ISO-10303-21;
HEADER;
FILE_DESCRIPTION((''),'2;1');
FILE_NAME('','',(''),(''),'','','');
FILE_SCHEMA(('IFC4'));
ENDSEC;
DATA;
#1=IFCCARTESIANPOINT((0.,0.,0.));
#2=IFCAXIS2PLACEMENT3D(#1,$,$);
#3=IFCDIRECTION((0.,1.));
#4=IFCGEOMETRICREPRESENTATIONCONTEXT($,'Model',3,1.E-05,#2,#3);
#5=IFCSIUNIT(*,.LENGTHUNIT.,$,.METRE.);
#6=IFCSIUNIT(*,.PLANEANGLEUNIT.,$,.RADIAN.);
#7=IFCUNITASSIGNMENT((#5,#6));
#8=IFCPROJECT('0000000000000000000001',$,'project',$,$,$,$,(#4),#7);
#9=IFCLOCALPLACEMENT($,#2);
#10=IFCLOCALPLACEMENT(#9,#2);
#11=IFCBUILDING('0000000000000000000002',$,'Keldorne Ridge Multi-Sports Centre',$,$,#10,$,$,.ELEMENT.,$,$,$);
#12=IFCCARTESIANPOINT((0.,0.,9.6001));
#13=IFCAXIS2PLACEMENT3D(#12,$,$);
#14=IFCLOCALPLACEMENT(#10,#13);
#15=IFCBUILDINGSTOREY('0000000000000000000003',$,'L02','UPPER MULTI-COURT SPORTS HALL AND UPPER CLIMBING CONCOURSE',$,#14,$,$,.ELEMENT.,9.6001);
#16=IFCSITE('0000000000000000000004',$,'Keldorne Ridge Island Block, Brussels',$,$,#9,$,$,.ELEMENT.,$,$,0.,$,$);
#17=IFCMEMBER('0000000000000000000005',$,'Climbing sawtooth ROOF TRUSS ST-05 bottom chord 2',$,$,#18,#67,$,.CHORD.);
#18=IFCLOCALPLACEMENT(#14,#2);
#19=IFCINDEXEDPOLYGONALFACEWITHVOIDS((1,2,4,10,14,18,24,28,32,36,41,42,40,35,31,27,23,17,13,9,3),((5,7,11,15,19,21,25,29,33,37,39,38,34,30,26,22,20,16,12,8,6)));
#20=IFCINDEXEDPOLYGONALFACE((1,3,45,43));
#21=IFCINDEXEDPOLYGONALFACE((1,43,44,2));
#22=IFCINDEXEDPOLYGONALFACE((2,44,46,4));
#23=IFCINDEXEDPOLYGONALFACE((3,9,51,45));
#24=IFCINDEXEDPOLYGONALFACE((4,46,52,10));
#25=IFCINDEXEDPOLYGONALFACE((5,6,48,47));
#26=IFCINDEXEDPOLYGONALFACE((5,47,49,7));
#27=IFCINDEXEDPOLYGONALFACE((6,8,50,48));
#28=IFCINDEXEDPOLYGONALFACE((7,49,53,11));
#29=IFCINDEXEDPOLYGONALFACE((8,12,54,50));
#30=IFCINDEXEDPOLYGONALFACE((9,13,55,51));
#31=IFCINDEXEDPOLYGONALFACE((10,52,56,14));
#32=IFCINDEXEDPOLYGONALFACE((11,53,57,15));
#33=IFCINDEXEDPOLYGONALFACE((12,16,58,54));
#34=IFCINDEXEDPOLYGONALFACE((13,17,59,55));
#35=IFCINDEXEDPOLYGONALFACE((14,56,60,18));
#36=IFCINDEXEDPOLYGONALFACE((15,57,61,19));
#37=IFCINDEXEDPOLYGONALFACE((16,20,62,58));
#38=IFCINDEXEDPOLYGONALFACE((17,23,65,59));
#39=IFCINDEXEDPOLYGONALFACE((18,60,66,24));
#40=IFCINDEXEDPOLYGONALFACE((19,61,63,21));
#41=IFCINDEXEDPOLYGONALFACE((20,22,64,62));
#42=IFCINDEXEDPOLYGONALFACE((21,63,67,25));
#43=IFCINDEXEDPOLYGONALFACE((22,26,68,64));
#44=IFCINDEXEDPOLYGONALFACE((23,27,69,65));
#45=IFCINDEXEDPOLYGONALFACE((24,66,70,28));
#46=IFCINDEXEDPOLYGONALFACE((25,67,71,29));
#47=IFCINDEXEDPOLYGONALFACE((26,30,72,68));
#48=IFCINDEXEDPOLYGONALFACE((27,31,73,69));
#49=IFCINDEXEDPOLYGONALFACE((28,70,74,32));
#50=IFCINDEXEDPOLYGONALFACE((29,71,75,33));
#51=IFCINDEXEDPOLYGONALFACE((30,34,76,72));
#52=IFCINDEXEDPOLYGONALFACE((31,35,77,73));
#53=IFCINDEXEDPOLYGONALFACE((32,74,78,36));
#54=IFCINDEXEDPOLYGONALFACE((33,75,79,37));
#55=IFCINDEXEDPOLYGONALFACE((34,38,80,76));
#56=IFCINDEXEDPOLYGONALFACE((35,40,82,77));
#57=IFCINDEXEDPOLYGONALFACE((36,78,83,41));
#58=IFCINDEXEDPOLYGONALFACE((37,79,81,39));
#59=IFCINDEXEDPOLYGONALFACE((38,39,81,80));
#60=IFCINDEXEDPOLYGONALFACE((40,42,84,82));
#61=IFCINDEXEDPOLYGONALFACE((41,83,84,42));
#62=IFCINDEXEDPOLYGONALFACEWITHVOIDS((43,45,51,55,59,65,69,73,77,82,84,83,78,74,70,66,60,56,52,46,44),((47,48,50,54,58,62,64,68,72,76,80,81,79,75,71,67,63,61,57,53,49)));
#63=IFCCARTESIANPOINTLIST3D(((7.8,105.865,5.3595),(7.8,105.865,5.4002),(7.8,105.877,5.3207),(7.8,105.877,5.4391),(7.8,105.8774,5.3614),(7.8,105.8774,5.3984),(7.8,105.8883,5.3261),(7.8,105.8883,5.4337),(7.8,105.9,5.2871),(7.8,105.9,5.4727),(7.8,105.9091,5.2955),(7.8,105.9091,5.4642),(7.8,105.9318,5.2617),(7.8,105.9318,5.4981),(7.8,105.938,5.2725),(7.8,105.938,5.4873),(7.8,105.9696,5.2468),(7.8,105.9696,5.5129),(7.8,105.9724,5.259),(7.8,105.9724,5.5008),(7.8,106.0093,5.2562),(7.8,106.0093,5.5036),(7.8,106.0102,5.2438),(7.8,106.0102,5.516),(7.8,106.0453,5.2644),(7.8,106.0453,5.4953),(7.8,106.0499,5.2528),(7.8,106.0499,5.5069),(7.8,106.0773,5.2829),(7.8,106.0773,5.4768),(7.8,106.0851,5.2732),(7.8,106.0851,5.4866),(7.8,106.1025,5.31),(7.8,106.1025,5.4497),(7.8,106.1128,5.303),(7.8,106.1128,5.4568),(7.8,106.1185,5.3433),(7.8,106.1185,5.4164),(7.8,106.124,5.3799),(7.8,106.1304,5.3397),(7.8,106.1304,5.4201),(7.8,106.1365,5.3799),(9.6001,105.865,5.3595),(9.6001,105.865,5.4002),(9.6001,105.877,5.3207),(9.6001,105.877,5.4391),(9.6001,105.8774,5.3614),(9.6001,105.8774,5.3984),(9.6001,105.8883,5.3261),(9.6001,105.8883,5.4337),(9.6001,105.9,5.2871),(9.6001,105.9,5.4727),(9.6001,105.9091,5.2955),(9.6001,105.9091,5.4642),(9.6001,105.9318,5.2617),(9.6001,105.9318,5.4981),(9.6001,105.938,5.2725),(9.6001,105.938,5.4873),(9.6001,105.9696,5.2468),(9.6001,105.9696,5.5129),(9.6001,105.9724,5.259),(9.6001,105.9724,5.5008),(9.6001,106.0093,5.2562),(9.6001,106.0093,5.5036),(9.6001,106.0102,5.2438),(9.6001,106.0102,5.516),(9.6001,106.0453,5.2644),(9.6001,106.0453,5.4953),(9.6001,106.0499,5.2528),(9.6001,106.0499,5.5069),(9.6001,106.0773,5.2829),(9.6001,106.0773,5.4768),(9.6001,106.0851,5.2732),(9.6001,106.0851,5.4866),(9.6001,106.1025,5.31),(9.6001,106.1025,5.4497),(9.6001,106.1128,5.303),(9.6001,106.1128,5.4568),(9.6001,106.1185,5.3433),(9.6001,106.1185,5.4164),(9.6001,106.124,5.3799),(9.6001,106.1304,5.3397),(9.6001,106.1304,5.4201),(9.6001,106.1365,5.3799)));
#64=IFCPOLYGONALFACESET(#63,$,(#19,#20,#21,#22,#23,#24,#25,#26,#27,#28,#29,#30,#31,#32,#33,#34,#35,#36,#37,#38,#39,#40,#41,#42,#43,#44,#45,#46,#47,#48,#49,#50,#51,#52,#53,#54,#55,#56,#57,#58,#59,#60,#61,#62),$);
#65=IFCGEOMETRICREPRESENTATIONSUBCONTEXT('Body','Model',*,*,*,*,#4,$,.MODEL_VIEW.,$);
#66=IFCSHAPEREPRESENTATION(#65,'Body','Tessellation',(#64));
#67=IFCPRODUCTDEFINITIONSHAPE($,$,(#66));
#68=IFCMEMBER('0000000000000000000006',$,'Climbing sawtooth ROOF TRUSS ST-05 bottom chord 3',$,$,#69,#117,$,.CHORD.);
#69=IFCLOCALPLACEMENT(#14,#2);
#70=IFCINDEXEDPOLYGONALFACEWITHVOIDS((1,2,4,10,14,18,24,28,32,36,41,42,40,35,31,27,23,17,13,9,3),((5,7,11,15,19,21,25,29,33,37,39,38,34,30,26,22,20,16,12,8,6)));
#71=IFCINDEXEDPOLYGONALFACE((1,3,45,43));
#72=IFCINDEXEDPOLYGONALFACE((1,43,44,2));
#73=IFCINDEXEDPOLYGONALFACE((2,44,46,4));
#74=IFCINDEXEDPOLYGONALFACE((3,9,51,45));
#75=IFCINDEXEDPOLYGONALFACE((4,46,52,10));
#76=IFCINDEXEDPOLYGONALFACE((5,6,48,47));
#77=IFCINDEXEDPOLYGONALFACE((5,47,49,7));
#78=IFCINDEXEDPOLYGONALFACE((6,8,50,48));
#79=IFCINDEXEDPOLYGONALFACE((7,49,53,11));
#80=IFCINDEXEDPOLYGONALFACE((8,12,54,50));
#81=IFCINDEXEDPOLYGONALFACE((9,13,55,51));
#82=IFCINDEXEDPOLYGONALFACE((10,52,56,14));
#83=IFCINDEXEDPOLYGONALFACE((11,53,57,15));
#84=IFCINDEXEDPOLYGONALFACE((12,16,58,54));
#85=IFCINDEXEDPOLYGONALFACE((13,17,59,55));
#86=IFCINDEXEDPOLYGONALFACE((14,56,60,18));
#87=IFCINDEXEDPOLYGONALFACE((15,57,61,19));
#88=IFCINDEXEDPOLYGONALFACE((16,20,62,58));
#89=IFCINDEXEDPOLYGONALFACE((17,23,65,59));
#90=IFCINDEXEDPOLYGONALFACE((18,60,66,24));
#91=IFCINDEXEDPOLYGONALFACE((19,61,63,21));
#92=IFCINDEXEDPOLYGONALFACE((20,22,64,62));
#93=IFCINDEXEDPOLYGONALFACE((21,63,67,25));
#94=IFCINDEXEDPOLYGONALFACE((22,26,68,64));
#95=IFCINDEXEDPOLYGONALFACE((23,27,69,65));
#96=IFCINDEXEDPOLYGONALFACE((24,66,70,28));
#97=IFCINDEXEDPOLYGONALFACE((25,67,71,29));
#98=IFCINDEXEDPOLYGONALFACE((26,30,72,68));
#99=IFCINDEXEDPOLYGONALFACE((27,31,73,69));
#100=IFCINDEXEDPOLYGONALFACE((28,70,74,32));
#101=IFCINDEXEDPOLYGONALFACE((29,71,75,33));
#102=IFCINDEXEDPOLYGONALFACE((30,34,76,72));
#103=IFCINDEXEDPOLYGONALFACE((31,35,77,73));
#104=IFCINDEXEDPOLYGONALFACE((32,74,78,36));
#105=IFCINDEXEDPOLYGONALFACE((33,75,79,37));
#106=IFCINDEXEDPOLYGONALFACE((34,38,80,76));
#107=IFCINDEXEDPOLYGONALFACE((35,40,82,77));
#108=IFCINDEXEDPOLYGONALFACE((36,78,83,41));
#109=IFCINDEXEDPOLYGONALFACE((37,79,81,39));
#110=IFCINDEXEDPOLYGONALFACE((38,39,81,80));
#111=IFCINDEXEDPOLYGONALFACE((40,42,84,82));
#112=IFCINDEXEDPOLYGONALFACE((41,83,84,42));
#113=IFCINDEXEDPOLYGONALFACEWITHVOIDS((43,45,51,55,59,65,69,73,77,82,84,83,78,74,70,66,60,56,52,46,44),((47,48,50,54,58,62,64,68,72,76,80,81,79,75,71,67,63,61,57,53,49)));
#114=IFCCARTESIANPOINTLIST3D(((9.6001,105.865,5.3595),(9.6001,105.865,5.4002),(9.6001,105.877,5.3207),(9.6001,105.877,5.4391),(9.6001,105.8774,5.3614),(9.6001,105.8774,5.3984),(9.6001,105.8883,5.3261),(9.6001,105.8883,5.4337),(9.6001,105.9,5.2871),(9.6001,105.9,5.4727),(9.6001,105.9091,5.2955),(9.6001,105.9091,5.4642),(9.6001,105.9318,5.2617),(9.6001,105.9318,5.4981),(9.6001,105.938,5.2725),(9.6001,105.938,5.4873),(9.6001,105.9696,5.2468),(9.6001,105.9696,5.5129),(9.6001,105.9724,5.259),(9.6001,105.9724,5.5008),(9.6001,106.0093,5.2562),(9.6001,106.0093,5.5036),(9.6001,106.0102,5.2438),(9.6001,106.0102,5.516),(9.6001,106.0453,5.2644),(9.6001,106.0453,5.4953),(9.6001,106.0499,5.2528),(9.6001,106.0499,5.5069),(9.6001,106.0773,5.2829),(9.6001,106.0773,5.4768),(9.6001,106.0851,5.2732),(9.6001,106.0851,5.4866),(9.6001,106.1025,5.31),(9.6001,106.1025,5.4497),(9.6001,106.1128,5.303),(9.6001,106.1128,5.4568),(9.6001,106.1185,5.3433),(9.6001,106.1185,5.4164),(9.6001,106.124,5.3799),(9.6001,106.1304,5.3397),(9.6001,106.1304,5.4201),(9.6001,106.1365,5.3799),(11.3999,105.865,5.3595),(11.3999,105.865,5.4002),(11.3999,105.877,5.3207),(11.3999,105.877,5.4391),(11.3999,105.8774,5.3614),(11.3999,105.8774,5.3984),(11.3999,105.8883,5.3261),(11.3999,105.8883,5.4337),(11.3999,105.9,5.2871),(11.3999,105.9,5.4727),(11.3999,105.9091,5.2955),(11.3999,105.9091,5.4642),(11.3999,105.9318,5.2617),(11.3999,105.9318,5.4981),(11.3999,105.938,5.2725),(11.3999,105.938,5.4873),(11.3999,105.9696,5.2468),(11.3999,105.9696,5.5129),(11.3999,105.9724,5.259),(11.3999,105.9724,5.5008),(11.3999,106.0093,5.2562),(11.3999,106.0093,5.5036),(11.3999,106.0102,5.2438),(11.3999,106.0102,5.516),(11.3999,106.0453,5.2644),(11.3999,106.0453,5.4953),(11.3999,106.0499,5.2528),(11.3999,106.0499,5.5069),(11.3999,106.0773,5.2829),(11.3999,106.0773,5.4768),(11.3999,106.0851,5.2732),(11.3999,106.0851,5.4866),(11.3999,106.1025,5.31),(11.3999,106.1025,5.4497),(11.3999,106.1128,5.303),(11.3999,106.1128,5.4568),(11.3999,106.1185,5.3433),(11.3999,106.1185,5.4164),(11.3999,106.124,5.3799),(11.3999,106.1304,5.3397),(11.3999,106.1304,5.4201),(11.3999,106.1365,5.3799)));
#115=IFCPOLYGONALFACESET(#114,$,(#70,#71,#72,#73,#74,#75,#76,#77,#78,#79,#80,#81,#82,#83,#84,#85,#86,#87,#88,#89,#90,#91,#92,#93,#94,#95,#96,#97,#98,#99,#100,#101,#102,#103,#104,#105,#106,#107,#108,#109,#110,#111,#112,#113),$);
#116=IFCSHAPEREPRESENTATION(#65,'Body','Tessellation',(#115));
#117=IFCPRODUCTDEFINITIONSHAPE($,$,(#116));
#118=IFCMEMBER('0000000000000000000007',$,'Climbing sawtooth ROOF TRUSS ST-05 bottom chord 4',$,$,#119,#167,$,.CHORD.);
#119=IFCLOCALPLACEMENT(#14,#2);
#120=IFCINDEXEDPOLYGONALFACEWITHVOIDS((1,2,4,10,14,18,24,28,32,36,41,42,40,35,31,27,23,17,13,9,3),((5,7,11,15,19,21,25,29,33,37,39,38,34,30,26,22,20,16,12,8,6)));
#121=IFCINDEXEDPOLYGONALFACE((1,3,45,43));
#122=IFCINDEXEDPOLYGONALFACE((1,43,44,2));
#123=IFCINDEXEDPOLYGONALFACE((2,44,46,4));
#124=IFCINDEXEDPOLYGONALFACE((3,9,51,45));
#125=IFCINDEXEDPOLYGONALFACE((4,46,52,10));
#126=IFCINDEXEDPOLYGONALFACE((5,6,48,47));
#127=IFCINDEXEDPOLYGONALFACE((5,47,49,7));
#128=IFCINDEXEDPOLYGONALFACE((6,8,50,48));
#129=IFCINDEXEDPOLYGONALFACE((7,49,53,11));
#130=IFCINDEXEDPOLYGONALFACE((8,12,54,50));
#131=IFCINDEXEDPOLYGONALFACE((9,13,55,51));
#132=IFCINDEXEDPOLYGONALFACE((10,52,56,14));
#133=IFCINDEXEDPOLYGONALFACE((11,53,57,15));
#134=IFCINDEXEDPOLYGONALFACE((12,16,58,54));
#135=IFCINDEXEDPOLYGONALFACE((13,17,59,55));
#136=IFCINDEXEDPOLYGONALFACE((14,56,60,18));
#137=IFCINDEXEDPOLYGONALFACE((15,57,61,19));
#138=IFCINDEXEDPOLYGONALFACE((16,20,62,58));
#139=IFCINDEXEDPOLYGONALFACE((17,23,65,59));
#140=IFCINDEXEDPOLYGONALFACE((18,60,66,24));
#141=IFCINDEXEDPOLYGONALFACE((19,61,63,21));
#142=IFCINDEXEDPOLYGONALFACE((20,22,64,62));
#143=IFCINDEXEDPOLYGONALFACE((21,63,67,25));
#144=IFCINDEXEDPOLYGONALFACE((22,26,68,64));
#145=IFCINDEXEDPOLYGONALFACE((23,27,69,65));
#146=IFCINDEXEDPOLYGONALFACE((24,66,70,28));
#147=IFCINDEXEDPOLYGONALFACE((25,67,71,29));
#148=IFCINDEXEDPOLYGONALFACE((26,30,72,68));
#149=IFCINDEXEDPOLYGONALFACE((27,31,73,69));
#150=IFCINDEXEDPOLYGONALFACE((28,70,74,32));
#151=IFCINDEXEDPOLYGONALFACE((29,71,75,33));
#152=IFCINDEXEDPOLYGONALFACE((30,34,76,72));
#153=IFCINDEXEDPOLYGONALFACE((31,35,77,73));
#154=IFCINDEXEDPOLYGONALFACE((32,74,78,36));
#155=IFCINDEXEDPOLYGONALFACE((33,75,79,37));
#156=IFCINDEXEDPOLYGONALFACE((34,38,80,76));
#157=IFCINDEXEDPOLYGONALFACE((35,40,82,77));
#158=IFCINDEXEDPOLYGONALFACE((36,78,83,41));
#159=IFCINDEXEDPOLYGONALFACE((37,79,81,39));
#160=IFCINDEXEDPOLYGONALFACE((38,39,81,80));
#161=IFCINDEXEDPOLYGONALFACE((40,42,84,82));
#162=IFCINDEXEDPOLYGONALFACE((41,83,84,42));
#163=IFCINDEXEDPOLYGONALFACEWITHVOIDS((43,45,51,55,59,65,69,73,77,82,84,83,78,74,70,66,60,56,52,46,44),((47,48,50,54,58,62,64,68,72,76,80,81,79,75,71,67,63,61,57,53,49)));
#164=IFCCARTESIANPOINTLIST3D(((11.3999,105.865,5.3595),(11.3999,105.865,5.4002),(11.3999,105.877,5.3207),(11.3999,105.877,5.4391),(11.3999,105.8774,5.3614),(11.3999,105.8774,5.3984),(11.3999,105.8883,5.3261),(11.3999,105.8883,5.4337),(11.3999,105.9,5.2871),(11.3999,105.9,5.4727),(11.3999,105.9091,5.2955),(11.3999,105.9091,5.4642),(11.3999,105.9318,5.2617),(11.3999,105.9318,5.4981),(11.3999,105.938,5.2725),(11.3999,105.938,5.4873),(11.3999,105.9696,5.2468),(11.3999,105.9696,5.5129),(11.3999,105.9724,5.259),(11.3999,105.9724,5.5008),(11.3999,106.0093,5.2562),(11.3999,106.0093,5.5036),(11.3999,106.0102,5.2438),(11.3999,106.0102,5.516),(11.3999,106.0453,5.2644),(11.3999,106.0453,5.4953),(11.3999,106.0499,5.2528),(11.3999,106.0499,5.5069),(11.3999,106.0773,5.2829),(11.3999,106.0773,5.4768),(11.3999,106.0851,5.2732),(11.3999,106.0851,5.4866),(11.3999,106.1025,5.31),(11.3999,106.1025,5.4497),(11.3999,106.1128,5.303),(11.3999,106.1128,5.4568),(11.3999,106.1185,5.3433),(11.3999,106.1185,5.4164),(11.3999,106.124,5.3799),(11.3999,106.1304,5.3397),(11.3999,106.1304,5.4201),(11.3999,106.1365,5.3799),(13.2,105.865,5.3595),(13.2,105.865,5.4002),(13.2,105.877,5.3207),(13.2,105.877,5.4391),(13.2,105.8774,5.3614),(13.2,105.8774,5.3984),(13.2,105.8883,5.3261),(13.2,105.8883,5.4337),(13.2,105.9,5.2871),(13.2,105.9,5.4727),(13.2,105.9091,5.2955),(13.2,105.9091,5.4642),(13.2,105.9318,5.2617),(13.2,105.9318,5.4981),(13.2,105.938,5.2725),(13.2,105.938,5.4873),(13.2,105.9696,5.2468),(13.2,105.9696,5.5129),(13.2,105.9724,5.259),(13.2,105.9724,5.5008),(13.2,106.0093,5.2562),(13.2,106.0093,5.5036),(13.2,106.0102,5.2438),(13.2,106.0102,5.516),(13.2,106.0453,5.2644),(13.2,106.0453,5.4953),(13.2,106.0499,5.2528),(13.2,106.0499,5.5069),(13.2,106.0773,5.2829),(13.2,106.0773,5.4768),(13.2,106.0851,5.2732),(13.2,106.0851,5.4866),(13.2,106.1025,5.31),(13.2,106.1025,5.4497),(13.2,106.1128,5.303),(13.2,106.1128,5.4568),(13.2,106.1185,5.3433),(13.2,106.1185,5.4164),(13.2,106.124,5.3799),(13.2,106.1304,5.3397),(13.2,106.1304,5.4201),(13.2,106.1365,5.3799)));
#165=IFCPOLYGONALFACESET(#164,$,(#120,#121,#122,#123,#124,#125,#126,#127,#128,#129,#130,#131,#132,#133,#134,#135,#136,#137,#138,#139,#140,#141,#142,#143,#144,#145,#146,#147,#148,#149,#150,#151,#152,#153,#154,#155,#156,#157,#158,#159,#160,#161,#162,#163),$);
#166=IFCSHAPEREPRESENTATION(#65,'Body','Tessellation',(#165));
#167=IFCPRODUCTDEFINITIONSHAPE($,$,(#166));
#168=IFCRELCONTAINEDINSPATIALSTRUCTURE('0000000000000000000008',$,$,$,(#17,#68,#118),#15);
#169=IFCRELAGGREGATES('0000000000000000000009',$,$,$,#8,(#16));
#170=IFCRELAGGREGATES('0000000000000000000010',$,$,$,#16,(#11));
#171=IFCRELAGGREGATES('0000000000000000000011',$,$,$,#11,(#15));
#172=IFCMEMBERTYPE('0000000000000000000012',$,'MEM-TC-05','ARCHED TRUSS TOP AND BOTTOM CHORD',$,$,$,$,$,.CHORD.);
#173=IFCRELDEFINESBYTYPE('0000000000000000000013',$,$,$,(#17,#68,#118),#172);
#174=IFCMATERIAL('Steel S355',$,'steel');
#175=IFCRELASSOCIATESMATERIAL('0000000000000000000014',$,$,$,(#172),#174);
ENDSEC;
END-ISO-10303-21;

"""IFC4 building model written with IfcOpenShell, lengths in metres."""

from ifc_helpers import new_model, si_unit, direction, frame, origin, origin_2d, place, context, subcontext, project, spatial, hollow_circle, extrude, material, material_profile, profile_set, type_object, element, save


model = new_model("IFC4")

# Units and contexts
model_context = context("Model", 3, precision=1e-05, world=origin(), true_north=direction((0.0, 1.0)))
body_context = subcontext(model_context, "Body", "Model", "MODEL_VIEW")
ifc_project = project(units=[si_unit("LENGTHUNIT", "METRE"), si_unit("PLANEANGLEUNIT", "RADIAN")], contexts=[model_context])

# Site, building, storey
site_placement = place(None, origin())
site = spatial("IfcSite", under=ifc_project, at=site_placement, Name="Keldorne Ridge Island Block, Brussels", CompositionType="ELEMENT", RefElevation=0.0)
building_placement = place(site_placement, origin())
building = spatial("IfcBuilding", under=site, at=building_placement, Name="Keldorne Ridge Multi-Sports Centre", CompositionType="ELEMENT")
storey_placement = place(building_placement, frame((0.0, 0.0, 9.6001)))
storey = spatial("IfcBuildingStorey", under=building, at=storey_placement, Name="L02", Description="UPPER MULTI-COURT SPORTS HALL AND UPPER CLIMBING CONCOURSE", CompositionType="ELEMENT", Elevation=9.6001)

# Shared definitions
ifc_material_1 = material(Name="Steel S355", Category="steel")

# Members
ifc_material_profile_1 = material_profile(ifc_material_1, hollow_circle(Radius=0.1365, WallThickness=0.0125, at=origin_2d()), Name="CHS 273x12.5")
ifc_profile_set_1 = profile_set([ifc_material_profile_1], Name="Steel S355")
member_type_1 = type_object("IfcMemberType", Name="MEM-TC-05", Description="ARCHED TRUSS TOP AND BOTTOM CHORD", PredefinedType="CHORD", material=ifc_profile_set_1)
for number, where, z_axis, x_axis, name in (
    (1, (7.8, 106.0, 5.3799), (1.0, 0.0, 0.0), (0.0, 1.0, 0.0), "Climbing sawtooth ROOF TRUSS ST-05 bottom chord 2"),
):
    element("IfcMember", number, at=place(storey_placement, frame(where, z_axis=z_axis, x_axis=x_axis)), inside=storey, type_object=member_type_1, Name=name, PredefinedType="CHORD", context=body_context, shape_type="SweptSolid", body=[
        extrude(hollow_circle(Radius=0.1365, WallThickness=0.0125, at=origin_2d()), origin(), (0.0, 0.0, 1.0), 1.8),
    ])
member_1_placement = place(storey_placement, frame((9.6001, 106.0, 5.3799), z_axis=(1.0, 0.0, 0.0), x_axis=(0.0, 1.0, 0.0)))
element("IfcMember", 2, at=member_1_placement, inside=storey, type_object=member_type_1, Name="Climbing sawtooth ROOF TRUSS ST-05 bottom chord 3", PredefinedType="CHORD", context=body_context, shape_type="SweptSolid", body=[
    extrude(hollow_circle(Radius=0.1365, WallThickness=0.0125, at=origin_2d()), origin(), (0.0, 0.0, 1.0), 1.7998),
])
for number, where, z_axis, x_axis, name in (
    (3, (11.3999, 106.0, 5.3799), (1.0, 0.0, 0.0), (0.0, 1.0, 0.0), "Climbing sawtooth ROOF TRUSS ST-05 bottom chord 4"),
):
    element("IfcMember", number, at=place(storey_placement, frame(where, z_axis=z_axis, x_axis=x_axis)), inside=storey, type_object=member_type_1, Name=name, PredefinedType="CHORD", context=body_context, shape_type="SweptSolid", body=[
        extrude(hollow_circle(Radius=0.1365, WallThickness=0.0125, at=origin_2d()), origin(), (0.0, 0.0, 1.0), 1.8),
    ])

save(model, "model.ifc")
